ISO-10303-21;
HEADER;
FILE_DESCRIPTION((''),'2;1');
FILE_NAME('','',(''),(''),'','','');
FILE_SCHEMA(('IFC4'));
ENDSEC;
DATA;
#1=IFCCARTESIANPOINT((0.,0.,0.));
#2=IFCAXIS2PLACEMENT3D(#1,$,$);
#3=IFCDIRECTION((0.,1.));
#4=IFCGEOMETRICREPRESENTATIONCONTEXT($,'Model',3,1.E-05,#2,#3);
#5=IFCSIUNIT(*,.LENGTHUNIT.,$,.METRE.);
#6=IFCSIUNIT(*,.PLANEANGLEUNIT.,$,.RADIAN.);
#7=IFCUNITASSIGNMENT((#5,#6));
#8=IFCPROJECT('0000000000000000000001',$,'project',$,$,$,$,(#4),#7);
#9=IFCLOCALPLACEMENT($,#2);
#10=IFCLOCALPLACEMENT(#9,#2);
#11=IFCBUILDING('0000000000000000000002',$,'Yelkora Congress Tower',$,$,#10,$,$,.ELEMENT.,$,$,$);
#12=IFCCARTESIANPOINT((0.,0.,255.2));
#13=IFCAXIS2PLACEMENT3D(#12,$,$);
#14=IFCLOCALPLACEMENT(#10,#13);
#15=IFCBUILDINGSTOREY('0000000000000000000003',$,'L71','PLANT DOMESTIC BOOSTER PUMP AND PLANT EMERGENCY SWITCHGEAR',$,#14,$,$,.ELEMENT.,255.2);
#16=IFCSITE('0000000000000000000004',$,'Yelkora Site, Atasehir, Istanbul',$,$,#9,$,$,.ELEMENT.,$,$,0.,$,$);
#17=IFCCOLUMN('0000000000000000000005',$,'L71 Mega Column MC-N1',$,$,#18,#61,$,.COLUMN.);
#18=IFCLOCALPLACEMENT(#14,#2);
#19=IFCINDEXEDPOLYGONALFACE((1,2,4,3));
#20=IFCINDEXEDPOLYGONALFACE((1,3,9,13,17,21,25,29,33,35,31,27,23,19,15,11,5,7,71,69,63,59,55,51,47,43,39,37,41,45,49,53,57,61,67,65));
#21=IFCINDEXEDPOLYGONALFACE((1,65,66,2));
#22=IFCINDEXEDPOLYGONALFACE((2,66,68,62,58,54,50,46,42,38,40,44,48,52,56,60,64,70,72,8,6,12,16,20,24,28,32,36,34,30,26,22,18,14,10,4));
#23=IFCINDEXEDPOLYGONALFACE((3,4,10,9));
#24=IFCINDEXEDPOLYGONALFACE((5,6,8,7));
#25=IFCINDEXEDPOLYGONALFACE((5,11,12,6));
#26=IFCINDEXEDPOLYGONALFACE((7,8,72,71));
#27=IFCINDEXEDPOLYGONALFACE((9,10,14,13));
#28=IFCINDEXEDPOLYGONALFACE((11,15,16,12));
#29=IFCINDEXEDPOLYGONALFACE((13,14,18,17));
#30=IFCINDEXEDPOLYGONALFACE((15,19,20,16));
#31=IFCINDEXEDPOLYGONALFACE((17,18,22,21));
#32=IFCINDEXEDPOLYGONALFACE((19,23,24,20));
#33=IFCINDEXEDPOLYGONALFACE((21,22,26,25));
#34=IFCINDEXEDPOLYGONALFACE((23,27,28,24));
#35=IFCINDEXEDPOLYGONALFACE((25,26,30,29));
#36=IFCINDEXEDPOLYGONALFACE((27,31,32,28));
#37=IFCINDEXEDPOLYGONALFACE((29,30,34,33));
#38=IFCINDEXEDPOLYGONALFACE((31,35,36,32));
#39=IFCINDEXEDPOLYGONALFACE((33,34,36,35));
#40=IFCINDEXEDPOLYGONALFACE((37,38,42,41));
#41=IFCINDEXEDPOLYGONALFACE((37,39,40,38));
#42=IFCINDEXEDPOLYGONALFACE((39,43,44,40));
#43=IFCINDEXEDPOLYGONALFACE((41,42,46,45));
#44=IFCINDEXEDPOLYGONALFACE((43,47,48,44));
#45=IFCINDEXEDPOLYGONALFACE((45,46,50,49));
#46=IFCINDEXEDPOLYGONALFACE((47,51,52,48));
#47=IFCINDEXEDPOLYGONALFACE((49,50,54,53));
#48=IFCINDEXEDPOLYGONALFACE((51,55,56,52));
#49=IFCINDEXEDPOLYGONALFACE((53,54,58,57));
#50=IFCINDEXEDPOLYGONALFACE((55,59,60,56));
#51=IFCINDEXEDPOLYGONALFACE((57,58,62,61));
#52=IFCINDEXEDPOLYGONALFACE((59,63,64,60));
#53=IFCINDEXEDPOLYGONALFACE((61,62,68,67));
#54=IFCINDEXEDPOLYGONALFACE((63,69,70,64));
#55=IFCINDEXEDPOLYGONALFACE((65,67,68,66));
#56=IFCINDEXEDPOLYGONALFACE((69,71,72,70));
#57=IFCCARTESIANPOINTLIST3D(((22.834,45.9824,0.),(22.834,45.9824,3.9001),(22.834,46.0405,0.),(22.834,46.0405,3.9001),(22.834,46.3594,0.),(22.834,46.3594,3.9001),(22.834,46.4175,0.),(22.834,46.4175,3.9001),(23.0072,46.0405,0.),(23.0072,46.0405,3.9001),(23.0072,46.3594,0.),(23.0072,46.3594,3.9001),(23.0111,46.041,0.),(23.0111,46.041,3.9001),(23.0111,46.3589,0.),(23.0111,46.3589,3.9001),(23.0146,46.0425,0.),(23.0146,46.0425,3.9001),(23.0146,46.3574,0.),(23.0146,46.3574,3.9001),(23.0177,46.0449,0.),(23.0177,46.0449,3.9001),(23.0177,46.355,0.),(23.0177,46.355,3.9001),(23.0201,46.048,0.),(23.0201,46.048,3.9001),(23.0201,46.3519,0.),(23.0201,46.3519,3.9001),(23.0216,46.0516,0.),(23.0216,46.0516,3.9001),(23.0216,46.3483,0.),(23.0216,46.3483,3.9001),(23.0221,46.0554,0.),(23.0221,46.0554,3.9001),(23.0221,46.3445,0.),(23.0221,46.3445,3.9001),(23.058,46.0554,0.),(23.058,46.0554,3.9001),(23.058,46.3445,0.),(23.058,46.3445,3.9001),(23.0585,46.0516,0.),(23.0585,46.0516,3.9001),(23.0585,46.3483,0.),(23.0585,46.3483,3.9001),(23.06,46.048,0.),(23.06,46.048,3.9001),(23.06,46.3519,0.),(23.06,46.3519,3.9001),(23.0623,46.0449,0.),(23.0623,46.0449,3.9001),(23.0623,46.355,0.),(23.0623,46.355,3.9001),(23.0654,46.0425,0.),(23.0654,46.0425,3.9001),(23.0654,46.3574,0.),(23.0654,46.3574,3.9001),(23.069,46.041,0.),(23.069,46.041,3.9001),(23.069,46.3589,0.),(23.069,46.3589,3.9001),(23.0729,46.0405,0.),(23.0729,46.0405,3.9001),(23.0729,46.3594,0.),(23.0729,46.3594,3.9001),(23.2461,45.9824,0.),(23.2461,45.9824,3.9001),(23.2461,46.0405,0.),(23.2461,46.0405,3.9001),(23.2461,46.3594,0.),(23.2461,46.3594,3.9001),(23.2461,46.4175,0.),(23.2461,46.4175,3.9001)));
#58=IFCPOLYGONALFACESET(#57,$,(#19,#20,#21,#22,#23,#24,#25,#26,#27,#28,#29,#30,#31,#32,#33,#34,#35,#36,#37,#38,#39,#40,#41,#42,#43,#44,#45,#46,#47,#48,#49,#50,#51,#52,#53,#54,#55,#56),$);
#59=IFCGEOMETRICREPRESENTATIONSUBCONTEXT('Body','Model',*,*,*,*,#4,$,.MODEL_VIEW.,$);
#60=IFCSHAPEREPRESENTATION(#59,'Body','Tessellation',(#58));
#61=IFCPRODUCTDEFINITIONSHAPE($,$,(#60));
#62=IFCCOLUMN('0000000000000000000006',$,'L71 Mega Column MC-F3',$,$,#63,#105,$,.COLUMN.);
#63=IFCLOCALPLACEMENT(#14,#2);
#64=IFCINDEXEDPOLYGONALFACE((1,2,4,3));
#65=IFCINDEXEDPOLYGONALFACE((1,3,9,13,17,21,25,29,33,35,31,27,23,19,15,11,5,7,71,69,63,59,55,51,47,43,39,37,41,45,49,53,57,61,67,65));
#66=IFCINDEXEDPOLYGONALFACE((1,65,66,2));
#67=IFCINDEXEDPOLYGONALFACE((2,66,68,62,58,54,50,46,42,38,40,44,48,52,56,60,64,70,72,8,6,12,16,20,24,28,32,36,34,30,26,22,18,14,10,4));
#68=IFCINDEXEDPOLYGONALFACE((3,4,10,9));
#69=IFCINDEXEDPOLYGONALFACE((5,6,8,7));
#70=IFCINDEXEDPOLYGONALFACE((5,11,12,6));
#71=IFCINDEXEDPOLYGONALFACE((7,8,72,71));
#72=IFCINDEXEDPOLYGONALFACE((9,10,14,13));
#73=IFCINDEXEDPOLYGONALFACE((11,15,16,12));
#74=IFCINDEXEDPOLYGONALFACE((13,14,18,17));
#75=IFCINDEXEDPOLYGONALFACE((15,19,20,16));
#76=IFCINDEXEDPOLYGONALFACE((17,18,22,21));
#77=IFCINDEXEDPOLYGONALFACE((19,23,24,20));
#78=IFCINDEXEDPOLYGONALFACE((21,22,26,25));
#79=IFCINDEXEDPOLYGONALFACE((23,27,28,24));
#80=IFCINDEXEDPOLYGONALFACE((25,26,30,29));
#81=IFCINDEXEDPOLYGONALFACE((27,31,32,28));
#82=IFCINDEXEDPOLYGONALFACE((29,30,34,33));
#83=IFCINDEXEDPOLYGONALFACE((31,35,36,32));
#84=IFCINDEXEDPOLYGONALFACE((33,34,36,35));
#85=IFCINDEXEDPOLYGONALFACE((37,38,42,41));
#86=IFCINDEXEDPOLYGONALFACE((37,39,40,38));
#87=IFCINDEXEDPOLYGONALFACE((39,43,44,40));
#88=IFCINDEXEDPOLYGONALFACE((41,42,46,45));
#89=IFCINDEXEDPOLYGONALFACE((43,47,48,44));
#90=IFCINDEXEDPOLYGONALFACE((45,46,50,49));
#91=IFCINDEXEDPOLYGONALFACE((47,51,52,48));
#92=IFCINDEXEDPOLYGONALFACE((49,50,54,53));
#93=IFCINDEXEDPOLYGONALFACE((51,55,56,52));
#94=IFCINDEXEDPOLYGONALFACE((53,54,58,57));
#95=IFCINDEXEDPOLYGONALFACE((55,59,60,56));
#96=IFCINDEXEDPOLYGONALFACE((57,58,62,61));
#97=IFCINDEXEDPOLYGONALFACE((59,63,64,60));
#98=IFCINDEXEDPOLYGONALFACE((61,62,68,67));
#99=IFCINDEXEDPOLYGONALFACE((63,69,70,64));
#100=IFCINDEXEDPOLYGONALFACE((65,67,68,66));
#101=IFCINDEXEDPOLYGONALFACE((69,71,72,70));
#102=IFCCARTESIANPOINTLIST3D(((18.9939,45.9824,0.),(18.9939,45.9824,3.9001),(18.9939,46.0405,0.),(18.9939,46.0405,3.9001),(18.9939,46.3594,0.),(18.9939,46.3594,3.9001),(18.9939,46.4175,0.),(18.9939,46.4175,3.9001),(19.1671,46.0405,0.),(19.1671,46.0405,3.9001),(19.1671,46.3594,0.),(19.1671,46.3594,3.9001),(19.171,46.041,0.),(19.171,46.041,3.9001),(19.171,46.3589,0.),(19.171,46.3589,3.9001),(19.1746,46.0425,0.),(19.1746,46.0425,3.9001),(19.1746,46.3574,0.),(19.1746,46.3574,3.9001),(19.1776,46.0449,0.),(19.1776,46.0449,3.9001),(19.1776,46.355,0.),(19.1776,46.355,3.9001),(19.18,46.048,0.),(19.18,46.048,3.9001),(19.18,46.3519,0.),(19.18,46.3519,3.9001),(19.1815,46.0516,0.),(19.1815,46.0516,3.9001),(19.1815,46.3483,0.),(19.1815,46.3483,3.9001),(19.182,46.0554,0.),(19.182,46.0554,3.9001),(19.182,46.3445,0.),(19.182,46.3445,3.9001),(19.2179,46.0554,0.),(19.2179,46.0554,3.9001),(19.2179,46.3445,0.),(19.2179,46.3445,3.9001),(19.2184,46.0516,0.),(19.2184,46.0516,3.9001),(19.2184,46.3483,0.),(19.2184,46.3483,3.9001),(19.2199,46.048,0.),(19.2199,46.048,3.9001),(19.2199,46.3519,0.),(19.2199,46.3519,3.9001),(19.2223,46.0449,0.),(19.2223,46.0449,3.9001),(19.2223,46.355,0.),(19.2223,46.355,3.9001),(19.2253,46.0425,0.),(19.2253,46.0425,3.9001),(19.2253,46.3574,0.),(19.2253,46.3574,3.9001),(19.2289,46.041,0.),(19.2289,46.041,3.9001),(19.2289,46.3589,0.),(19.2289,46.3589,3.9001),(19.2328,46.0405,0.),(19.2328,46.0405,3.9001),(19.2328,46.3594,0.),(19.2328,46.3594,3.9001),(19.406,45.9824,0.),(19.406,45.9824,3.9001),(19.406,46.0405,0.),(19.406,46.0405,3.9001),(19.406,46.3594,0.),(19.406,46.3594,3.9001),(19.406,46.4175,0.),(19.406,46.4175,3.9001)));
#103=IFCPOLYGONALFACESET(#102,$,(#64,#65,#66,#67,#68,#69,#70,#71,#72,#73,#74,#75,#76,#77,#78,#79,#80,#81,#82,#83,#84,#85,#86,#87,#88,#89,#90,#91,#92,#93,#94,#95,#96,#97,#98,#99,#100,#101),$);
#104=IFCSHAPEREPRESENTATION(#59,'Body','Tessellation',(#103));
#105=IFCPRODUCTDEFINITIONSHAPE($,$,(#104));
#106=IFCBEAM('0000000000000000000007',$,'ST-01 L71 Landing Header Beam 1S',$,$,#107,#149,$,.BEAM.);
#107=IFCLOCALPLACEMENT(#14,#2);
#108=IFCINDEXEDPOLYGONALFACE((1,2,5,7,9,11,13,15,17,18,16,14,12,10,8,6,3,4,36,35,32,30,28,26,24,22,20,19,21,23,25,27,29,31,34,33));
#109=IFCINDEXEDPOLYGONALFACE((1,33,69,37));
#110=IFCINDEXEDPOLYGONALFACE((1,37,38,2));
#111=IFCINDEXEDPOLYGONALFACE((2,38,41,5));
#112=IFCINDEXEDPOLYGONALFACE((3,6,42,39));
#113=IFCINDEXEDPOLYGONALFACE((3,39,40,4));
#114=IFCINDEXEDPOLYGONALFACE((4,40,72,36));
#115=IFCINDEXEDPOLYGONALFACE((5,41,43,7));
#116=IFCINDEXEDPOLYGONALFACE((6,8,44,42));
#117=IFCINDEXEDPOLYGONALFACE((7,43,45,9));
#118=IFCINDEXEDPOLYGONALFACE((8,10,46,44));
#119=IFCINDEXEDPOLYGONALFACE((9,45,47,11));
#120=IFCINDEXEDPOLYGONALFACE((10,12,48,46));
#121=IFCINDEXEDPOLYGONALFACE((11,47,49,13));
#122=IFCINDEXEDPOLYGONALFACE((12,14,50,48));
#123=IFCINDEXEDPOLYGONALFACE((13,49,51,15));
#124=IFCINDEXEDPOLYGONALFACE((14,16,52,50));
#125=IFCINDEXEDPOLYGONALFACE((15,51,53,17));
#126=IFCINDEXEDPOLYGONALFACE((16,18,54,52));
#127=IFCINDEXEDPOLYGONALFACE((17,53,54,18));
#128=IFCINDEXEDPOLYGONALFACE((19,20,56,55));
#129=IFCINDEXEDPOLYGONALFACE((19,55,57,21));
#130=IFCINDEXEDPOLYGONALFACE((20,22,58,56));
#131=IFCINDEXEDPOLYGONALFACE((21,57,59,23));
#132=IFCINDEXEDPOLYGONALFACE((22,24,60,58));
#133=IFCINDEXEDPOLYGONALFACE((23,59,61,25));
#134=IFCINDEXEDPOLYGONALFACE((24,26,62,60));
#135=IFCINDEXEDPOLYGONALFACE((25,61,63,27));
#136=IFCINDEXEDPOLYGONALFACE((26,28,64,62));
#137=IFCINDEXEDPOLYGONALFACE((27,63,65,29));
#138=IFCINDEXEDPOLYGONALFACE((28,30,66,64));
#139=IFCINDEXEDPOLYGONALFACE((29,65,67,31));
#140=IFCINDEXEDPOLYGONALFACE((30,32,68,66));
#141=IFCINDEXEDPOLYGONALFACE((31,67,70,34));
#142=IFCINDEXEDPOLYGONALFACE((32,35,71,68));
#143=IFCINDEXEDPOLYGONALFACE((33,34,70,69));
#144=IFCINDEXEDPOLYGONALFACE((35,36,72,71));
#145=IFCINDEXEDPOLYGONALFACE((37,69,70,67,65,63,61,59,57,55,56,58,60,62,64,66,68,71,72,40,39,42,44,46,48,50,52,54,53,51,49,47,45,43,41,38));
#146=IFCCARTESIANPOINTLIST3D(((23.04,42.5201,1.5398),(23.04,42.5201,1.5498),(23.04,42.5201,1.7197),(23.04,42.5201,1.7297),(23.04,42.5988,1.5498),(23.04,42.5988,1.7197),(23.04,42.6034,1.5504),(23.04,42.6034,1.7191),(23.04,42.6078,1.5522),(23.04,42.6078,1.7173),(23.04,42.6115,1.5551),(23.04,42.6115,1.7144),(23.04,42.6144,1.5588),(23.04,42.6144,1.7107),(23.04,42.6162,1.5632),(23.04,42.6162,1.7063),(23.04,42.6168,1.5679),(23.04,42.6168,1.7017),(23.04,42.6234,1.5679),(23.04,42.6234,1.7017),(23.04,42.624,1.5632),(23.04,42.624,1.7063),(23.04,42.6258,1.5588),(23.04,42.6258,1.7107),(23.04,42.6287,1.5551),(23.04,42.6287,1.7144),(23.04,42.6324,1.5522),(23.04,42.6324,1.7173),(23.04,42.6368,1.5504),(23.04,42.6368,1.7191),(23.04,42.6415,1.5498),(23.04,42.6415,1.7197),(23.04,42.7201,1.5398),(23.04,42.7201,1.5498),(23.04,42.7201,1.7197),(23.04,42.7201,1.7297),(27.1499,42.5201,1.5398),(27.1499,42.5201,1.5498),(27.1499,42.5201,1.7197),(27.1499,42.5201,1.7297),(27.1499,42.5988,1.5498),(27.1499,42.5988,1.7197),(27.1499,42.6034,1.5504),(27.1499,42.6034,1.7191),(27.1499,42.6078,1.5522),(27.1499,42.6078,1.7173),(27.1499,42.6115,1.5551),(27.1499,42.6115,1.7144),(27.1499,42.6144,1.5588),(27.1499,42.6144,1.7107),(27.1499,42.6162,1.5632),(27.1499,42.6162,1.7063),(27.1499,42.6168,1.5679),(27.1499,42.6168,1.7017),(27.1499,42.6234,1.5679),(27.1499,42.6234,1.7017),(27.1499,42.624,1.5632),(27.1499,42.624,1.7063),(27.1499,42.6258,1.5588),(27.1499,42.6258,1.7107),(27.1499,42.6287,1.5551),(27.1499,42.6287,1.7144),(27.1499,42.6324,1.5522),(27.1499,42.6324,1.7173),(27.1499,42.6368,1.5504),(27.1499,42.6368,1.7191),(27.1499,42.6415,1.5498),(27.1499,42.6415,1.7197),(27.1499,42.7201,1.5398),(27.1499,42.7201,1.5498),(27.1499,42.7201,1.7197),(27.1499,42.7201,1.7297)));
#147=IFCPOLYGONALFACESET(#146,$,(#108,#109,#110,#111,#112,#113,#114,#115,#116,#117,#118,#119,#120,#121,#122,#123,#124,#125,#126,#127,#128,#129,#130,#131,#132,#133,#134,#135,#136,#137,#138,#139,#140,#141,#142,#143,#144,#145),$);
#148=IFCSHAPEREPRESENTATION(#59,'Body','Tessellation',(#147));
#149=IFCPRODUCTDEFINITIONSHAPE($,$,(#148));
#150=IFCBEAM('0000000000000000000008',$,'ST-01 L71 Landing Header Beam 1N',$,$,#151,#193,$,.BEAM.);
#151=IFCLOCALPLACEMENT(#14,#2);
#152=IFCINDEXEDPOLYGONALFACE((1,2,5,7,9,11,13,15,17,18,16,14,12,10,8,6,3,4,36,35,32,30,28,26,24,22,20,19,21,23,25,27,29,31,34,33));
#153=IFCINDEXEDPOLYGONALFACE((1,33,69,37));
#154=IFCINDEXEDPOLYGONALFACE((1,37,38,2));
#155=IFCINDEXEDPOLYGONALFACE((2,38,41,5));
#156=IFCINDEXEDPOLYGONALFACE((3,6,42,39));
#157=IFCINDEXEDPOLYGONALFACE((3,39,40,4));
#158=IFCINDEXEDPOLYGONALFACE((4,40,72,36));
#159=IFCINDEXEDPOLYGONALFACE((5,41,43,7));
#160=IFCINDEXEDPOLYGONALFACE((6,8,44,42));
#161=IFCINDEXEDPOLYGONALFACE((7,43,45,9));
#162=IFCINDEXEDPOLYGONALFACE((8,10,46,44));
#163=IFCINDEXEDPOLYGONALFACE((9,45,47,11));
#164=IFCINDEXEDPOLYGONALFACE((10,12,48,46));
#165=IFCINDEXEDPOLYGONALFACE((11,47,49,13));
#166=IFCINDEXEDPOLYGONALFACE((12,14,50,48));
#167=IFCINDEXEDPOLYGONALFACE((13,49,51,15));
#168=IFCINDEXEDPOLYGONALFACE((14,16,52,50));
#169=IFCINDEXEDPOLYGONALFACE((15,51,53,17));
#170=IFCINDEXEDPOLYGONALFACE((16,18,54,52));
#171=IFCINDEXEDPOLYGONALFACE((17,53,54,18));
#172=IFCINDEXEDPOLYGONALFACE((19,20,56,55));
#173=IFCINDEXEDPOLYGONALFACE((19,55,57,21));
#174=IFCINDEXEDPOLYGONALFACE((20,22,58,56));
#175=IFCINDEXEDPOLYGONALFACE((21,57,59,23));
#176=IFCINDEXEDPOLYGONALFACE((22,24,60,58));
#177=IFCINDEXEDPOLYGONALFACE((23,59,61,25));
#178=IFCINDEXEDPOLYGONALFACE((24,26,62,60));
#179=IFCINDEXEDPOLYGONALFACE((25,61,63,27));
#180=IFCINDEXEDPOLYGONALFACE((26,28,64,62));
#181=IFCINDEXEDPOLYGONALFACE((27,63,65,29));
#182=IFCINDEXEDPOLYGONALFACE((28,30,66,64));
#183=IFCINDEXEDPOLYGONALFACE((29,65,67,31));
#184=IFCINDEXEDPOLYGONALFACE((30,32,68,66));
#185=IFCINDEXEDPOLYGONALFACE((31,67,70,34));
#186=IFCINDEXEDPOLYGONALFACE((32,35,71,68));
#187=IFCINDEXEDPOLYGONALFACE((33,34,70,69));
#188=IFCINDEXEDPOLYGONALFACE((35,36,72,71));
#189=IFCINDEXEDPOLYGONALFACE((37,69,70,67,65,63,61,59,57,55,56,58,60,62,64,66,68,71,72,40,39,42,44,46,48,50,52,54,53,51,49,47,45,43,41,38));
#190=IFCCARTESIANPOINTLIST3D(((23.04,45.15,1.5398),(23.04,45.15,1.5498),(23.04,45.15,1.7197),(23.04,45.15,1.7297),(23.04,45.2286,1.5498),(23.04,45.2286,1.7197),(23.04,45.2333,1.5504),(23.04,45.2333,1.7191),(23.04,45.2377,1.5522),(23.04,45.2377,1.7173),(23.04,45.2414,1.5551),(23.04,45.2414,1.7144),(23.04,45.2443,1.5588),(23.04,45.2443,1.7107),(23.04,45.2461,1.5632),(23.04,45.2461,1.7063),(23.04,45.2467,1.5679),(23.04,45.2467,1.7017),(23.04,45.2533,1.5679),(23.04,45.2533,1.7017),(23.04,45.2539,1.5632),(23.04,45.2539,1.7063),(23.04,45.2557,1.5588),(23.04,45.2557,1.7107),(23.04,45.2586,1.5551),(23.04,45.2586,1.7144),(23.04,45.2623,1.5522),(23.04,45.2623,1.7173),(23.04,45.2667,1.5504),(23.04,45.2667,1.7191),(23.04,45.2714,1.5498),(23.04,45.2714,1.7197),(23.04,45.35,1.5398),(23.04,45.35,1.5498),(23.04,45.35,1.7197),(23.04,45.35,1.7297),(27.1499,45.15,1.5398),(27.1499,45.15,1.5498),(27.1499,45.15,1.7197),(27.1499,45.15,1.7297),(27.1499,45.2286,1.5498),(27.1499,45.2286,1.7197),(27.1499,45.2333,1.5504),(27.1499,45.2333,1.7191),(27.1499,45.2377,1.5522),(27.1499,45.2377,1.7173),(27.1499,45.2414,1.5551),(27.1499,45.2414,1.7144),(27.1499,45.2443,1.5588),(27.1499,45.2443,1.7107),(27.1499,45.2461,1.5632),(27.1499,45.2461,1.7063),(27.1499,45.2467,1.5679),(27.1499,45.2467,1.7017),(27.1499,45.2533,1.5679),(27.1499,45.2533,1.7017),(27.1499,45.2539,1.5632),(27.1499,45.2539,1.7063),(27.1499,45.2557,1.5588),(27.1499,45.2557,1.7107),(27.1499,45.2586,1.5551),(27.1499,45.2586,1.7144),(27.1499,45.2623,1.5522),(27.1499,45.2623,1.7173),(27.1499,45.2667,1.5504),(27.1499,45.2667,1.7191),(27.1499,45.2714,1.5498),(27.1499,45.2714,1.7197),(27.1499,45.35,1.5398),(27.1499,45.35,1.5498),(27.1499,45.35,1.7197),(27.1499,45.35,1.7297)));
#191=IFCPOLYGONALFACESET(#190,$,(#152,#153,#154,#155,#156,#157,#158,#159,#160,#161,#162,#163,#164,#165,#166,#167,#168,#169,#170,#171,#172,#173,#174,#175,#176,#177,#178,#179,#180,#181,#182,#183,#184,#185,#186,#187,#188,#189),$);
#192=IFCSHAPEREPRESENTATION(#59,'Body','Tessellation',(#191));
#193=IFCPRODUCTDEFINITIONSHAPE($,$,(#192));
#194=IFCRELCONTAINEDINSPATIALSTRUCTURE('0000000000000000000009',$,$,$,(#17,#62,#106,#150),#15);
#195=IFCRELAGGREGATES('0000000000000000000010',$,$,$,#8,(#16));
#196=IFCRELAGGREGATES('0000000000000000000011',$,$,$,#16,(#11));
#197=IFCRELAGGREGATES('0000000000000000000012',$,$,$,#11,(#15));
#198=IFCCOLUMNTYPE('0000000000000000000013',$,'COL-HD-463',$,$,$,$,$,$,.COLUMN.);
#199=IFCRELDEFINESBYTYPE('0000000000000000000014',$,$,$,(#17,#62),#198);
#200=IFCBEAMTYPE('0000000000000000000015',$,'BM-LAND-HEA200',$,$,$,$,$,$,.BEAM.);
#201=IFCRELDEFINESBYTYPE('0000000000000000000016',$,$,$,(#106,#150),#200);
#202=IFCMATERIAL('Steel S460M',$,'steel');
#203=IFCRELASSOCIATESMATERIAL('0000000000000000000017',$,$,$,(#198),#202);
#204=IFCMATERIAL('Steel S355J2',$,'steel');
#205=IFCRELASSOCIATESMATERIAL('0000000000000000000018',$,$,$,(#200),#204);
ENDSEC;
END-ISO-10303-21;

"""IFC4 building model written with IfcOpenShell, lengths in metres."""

from ifc_helpers import new_model, si_unit, direction, frame, origin, origin_2d, place, context, subcontext, project, spatial, i_section, extrude, material, material_profile, profile_set, type_object, element, save


model = new_model("IFC4")

# Units and contexts
model_context = context("Model", 3, precision=1e-05, world=origin(), true_north=direction((0.0, 1.0)))
body_context = subcontext(model_context, "Body", "Model", "MODEL_VIEW")
ifc_project = project(units=[si_unit("LENGTHUNIT", "METRE"), si_unit("PLANEANGLEUNIT", "RADIAN")], contexts=[model_context])

# Site, building, storey
site_placement = place(None, origin())
site = spatial("IfcSite", under=ifc_project, at=site_placement, Name="Yelkora Site, Atasehir, Istanbul", CompositionType="ELEMENT", RefElevation=0.0)
building_placement = place(site_placement, origin())
building = spatial("IfcBuilding", under=site, at=building_placement, Name="Yelkora Congress Tower", CompositionType="ELEMENT")
storey_placement = place(building_placement, frame((0.0, 0.0, 255.2)))
storey = spatial("IfcBuildingStorey", under=building, at=storey_placement, Name="L71", Description="PLANT DOMESTIC BOOSTER PUMP AND PLANT EMERGENCY SWITCHGEAR", CompositionType="ELEMENT", Elevation=255.2)

# Columns
ifc_material_1 = material(Name="Steel S460M", Category="steel")
ifc_material_profile_1 = material_profile(ifc_material_1, i_section(OverallWidth=0.4121, OverallDepth=0.4351, WebThickness=0.0359, FlangeThickness=0.0581, FilletRadius=0.0149, at=origin_2d()), Name="HD 400x463")
ifc_profile_set_1 = profile_set([ifc_material_profile_1], Name="Steel S460M")
column_type = type_object("IfcColumnType", Name="COL-HD-463", PredefinedType="COLUMN", material=ifc_profile_set_1)
for number, where, z_axis, x_axis, name in (
    (1, (23.04, 46.2, 0.0), (0.0, 0.0, 1.0), (1.0, 0.0, 0.0), "L71 Mega Column MC-N1"),
    (2, (19.2, 46.2, 0.0), (0.0, 0.0, 1.0), (1.0, 0.0, 0.0), "L71 Mega Column MC-F3"),
):
    element("IfcColumn", number, at=place(storey_placement, frame(where, z_axis=z_axis, x_axis=x_axis)), inside=storey, type_object=column_type, Name=name, PredefinedType="COLUMN", context=body_context, shape_type="SweptSolid", body=[
        extrude(i_section(OverallWidth=0.4121, OverallDepth=0.4351, WebThickness=0.0359, FlangeThickness=0.0581, FilletRadius=0.0149, at=origin_2d()), origin(), (0.0, 0.0, 1.0), 3.9001),
    ])

# Beams
ifc_material_2 = material(Name="Steel S355J2", Category="steel")
ifc_material_profile_2 = material_profile(ifc_material_2, i_section(OverallWidth=0.2, OverallDepth=0.1899, WebThickness=0.0066, FlangeThickness=0.01, FilletRadius=0.0181, at=origin_2d()), Name="HEA 200")
ifc_profile_set_2 = profile_set([ifc_material_profile_2], Name="Steel S355J2")
beam_type = type_object("IfcBeamType", Name="BM-LAND-HEA200", PredefinedType="BEAM", material=ifc_profile_set_2)
for number, where, z_axis, x_axis, name in (
    (3, (23.04, 42.6201, 1.6348), (1.0, 0.0, 0.0), (0.0, 1.0, 0.0), "ST-01 L71 Landing Header Beam 1S"),
    (4, (23.04, 45.25, 1.6348), (1.0, 0.0, 0.0), (0.0, 1.0, 0.0), "ST-01 L71 Landing Header Beam 1N"),
):
    element("IfcBeam", number, at=place(storey_placement, frame(where, z_axis=z_axis, x_axis=x_axis)), inside=storey, type_object=beam_type, Name=name, PredefinedType="BEAM", context=body_context, shape_type="SweptSolid", body=[
        extrude(i_section(OverallWidth=0.2, OverallDepth=0.1899, WebThickness=0.0066, FlangeThickness=0.01, FilletRadius=0.0181, at=origin_2d()), origin(), (0.0, 0.0, 1.0), 4.1099),
    ])

save(model, "model.ifc")
